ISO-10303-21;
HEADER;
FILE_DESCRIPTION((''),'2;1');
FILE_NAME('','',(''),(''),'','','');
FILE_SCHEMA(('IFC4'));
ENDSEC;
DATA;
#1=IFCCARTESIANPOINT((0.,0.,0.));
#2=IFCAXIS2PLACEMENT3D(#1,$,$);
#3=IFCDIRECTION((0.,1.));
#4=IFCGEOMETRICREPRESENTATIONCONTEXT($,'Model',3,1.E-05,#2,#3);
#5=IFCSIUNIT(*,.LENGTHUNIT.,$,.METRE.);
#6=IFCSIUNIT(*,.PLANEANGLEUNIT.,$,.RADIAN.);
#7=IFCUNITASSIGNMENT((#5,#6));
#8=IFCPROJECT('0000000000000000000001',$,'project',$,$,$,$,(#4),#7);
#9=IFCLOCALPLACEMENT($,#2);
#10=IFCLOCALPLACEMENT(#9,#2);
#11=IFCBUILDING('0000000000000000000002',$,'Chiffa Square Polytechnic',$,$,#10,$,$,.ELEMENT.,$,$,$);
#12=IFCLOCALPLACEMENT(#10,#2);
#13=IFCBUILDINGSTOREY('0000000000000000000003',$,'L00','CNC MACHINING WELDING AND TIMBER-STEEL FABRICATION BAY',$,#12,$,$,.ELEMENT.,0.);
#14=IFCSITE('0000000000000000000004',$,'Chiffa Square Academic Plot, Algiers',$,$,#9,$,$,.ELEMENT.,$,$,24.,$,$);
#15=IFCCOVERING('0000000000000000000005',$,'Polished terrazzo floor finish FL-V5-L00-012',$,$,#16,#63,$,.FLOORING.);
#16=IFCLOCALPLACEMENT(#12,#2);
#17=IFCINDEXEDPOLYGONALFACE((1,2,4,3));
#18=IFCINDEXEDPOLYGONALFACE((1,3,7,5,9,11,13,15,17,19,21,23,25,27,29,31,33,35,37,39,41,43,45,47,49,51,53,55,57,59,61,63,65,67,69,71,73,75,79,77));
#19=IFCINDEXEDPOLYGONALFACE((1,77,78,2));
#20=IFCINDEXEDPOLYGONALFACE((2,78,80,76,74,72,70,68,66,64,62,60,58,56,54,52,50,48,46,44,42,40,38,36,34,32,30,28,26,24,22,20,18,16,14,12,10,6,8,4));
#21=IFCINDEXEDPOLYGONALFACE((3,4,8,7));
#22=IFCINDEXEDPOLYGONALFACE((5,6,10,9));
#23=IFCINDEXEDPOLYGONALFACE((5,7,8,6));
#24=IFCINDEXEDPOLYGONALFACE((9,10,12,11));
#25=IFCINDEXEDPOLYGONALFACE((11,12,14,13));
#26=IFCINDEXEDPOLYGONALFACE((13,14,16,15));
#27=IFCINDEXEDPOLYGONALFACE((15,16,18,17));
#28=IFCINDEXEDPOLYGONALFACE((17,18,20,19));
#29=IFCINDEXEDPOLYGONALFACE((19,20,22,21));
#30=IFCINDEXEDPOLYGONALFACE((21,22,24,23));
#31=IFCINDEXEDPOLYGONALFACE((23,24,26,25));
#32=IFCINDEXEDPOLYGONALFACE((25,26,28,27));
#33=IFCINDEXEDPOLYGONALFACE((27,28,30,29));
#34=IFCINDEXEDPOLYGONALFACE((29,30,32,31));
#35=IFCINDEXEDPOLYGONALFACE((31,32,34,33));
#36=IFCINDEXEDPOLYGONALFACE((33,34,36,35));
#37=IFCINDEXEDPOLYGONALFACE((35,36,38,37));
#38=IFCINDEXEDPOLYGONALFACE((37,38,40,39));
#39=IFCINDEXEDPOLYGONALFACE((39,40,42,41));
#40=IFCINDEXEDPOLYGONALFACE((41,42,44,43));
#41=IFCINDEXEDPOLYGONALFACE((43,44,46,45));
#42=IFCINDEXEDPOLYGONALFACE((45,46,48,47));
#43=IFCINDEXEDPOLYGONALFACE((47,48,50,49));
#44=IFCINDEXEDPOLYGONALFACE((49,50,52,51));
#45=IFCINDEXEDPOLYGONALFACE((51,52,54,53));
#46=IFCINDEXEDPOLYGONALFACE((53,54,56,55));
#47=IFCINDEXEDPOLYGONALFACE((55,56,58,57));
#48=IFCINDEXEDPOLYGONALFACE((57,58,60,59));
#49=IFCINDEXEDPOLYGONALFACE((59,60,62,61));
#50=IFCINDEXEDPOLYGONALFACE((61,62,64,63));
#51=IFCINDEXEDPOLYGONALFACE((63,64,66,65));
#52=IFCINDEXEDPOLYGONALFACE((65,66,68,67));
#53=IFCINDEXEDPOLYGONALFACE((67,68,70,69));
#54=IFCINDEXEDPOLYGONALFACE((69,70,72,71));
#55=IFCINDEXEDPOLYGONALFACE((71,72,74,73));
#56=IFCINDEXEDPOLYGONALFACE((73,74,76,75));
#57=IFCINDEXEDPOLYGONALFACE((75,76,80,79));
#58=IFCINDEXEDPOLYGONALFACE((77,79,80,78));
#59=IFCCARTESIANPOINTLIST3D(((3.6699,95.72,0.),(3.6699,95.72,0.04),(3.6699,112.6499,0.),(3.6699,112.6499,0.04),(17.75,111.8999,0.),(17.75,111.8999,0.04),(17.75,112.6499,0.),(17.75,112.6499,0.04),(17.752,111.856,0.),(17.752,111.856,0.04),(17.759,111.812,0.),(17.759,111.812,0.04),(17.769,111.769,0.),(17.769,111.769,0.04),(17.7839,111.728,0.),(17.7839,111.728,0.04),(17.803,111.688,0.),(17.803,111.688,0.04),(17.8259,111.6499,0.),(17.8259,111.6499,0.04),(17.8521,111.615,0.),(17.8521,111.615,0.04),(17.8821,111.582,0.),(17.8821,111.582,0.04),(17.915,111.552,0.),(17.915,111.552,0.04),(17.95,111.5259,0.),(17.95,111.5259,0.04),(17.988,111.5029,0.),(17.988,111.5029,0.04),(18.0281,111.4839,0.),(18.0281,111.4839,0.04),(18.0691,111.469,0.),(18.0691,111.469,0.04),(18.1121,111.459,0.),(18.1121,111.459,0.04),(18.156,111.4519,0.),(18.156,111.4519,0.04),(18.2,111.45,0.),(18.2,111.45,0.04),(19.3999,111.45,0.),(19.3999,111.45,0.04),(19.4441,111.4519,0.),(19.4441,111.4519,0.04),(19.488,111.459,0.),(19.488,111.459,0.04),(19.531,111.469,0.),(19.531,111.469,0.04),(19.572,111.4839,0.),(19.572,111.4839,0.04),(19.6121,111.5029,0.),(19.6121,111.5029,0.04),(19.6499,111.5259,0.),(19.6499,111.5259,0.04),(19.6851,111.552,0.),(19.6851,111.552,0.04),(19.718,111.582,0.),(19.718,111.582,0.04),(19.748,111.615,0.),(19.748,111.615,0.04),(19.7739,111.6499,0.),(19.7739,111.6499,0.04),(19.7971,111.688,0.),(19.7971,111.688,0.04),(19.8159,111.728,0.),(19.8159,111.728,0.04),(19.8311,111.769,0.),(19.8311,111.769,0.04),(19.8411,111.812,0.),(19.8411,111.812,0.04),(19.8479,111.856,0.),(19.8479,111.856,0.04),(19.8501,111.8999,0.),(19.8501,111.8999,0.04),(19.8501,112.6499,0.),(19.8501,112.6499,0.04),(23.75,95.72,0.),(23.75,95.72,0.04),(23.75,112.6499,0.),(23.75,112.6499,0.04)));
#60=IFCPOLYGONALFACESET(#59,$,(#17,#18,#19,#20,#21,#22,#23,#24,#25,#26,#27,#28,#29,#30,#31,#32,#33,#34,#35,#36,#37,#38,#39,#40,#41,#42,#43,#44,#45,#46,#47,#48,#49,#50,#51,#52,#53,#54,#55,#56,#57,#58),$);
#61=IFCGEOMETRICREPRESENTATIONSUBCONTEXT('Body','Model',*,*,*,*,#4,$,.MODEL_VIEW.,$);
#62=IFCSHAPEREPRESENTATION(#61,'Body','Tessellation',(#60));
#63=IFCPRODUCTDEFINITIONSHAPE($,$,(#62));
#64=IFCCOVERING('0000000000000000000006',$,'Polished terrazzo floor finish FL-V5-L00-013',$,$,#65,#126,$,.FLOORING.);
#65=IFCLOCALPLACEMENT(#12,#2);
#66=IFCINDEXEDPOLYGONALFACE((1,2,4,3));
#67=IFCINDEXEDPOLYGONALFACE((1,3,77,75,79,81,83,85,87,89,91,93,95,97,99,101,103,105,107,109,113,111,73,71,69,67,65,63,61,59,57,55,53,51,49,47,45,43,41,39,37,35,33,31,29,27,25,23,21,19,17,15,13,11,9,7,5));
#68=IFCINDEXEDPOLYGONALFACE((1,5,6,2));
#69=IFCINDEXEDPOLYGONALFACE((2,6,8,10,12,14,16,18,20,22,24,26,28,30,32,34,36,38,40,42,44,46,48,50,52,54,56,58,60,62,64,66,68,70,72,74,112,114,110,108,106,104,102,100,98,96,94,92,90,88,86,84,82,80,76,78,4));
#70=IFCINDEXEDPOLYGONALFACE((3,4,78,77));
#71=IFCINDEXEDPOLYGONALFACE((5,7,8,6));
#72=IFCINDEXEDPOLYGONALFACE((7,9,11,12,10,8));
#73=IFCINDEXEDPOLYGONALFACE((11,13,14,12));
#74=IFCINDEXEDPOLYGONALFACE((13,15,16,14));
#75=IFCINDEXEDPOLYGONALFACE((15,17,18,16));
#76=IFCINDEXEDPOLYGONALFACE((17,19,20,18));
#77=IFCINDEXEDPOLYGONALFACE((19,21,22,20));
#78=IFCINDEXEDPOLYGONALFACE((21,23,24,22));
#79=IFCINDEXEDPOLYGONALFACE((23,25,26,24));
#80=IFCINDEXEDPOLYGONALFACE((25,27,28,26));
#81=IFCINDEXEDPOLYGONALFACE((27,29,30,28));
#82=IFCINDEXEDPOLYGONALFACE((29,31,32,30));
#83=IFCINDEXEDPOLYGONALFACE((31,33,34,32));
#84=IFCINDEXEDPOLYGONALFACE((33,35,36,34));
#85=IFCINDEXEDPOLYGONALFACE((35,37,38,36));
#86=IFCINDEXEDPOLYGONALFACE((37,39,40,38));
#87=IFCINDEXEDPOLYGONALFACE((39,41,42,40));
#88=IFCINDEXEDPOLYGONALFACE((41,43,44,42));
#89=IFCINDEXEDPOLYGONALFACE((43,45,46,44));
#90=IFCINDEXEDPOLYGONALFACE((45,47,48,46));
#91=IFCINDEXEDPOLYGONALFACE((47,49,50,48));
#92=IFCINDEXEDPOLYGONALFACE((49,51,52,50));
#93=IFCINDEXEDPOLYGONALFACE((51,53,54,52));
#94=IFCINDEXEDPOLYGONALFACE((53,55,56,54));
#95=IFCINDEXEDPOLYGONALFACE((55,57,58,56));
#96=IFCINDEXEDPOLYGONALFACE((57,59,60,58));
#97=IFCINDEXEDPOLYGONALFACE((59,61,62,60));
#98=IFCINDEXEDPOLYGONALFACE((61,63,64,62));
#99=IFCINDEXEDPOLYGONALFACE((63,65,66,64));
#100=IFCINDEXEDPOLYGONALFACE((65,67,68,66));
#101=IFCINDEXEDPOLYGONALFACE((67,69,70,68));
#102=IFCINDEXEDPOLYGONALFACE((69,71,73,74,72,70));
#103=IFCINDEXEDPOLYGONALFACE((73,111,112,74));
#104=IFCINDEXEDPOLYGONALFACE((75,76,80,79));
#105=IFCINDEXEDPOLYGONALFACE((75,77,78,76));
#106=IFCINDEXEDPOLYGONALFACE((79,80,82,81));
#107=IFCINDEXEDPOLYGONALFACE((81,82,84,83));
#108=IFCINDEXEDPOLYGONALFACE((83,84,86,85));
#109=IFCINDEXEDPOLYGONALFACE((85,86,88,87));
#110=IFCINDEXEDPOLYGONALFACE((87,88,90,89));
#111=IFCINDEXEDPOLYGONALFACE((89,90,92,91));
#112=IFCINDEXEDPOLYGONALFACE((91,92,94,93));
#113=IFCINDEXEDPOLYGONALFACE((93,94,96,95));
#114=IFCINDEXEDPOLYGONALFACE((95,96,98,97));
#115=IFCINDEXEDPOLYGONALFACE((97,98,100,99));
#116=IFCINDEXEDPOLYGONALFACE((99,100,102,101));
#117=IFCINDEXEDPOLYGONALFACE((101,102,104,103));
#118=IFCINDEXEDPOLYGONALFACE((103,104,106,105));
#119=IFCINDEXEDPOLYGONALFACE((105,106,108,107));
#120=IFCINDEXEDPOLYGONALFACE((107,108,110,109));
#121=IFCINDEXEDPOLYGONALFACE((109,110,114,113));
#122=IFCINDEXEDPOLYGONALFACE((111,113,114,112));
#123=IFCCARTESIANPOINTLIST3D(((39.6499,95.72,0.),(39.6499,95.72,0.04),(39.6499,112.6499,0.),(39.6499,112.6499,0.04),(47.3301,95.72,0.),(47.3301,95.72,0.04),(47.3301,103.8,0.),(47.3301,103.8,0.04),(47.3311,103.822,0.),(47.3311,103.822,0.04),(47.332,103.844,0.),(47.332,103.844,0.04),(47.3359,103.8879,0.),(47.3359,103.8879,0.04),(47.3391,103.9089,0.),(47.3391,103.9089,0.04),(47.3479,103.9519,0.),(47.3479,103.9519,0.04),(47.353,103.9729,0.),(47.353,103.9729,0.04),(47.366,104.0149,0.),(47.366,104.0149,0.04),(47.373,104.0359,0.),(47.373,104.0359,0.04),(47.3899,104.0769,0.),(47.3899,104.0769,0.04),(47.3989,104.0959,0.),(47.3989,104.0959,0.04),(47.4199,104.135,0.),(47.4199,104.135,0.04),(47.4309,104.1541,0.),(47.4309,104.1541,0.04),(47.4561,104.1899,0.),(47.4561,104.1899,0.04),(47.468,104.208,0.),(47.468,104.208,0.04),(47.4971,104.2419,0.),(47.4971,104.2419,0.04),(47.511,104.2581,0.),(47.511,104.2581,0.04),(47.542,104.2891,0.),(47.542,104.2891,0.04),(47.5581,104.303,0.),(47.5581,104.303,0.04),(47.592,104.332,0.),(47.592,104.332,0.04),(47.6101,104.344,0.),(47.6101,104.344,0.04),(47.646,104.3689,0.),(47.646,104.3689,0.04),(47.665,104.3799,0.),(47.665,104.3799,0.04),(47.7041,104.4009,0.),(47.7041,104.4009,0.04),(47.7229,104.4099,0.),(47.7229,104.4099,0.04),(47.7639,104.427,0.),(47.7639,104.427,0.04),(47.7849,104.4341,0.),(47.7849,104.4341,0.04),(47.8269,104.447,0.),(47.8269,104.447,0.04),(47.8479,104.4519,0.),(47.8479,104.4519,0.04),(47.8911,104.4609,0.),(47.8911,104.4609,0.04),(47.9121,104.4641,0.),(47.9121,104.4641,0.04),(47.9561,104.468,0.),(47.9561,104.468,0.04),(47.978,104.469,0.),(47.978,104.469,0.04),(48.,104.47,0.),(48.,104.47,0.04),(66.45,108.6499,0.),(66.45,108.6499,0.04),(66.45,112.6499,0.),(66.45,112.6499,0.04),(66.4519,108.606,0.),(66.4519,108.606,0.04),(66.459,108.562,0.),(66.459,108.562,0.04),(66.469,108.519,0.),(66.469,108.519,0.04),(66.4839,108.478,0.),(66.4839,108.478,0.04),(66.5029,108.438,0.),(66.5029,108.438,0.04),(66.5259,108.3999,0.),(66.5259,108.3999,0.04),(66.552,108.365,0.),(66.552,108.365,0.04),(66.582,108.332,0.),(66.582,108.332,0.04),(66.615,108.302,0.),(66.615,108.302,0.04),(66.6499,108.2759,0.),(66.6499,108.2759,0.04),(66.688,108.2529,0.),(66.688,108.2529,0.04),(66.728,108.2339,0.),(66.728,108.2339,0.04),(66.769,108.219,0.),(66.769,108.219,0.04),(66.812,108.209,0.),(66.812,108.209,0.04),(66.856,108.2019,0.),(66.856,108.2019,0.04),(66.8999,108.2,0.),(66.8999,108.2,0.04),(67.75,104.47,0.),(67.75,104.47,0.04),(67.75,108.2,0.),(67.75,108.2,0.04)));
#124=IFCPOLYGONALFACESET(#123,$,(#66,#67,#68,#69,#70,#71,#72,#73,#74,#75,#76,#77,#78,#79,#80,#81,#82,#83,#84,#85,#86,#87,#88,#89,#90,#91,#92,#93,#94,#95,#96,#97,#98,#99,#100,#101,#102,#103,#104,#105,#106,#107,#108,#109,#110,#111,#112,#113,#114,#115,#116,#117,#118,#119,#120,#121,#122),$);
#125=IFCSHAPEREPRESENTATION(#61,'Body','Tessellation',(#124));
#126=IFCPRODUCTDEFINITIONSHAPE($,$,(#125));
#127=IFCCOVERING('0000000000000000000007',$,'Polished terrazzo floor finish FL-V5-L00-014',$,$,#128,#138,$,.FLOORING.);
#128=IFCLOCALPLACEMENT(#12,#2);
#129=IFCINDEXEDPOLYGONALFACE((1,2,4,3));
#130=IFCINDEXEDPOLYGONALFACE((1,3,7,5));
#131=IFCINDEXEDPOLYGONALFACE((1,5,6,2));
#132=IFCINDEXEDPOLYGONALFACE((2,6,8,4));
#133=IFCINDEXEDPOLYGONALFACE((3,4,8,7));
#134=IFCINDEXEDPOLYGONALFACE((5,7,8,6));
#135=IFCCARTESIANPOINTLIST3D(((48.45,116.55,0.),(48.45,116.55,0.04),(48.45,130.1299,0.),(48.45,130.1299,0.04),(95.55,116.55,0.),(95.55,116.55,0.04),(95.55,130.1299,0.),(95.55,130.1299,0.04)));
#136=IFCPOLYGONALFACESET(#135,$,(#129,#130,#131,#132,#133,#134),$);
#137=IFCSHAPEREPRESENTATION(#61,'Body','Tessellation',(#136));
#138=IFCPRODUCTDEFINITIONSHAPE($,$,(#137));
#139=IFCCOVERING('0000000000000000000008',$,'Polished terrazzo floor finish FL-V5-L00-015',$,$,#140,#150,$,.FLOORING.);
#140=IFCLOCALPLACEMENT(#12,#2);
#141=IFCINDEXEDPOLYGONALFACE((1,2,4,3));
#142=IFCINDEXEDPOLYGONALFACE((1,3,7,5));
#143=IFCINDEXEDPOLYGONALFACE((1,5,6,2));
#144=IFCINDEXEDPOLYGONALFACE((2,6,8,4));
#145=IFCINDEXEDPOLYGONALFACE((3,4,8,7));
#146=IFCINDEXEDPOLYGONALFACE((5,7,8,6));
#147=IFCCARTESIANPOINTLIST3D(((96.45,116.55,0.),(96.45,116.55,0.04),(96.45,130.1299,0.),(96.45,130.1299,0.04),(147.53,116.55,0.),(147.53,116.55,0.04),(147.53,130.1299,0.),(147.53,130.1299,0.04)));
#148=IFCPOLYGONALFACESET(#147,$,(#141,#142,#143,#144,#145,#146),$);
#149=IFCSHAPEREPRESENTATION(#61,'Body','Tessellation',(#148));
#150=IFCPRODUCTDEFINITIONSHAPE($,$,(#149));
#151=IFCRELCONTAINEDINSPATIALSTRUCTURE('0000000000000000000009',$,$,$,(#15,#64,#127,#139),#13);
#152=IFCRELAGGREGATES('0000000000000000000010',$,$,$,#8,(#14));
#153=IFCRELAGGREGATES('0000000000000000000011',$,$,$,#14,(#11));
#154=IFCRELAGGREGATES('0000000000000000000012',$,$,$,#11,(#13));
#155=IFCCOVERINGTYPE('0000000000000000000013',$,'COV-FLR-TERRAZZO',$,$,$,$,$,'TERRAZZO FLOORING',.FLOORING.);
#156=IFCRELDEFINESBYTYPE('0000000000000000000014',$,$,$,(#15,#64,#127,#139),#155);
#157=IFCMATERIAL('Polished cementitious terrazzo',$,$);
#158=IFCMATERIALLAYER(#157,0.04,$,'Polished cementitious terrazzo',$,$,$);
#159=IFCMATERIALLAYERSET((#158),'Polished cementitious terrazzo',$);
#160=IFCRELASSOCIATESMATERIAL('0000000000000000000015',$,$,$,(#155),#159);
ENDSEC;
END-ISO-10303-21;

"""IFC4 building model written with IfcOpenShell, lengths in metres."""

from ifc_helpers import new_model, si_unit, direction, origin, place, context, subcontext, project, spatial, polyline, outline, extrude, material, layer, layer_set, type_object, element, save


model = new_model("IFC4")

# Units and contexts
model_context = context("Model", 3, precision=1e-05, world=origin(), true_north=direction((0.0, 1.0)))
body_context = subcontext(model_context, "Body", "Model", "MODEL_VIEW")
ifc_project = project(units=[si_unit("LENGTHUNIT", "METRE"), si_unit("PLANEANGLEUNIT", "RADIAN")], contexts=[model_context])

# Site, building, storey
site_placement = place(None, origin())
site = spatial("IfcSite", under=ifc_project, at=site_placement, Name="Chiffa Square Academic Plot, Algiers", CompositionType="ELEMENT", RefElevation=24.0)
building_placement = place(site_placement, origin())
building = spatial("IfcBuilding", under=site, at=building_placement, Name="Chiffa Square Polytechnic", CompositionType="ELEMENT")
storey_placement = place(building_placement, origin())
storey = spatial("IfcBuildingStorey", under=building, at=storey_placement, Name="L00", Description="CNC MACHINING WELDING AND TIMBER-STEEL FABRICATION BAY", CompositionType="ELEMENT", Elevation=0.0)

# Coverings
ifc_material_1 = material(Name="Polished cementitious terrazzo")
ifc_layer_1 = layer(ifc_material_1, 0.04, Name="Polished cementitious terrazzo")
ifc_layer_set_1 = layer_set([ifc_layer_1], Name="Polished cementitious terrazzo")
covering_type_1 = type_object("IfcCoveringType", Name="COV-FLR-TERRAZZO", ElementType="TERRAZZO FLOORING", PredefinedType="FLOORING", material=ifc_layer_set_1)
covering_1_placement = place(storey_placement, origin())
element("IfcCovering", 1, at=covering_1_placement, inside=storey, type_object=covering_type_1, Name="Polished terrazzo floor finish FL-V5-L00-012", PredefinedType="FLOORING", context=body_context, shape_type="SweptSolid", body=[
    extrude(outline(polyline([(17.75, 112.6499), (17.75, 111.8999), (17.752, 111.856), (17.759, 111.812), (17.769, 111.769), (17.7839, 111.728), (17.803, 111.688), (17.8259, 111.6499), (17.8521, 111.615), (17.8821, 111.582), (17.915, 111.552), (17.95, 111.5259), (17.988, 111.5029), (18.0281, 111.4839), (18.0691, 111.469), (18.1121, 111.459), (18.156, 111.4519), (18.2, 111.45), (19.3999, 111.45), (19.4441, 111.4519), (19.488, 111.459), (19.531, 111.469), (19.572, 111.4839), (19.6121, 111.5029), (19.6499, 111.5259), (19.6851, 111.552), (19.718, 111.582), (19.748, 111.615), (19.7739, 111.6499), (19.7971, 111.688), (19.8159, 111.728), (19.8311, 111.769), (19.8411, 111.812), (19.8479, 111.856), (19.8501, 111.8999), (19.8501, 112.6499), (23.75, 112.6499), (23.75, 95.72), (3.6699, 95.72), (3.6699, 112.6499), (17.75, 112.6499)])), origin(), (0.0, 0.0, 1.0), 0.04),
])
covering_2_placement = place(storey_placement, origin())
element("IfcCovering", 2, at=covering_2_placement, inside=storey, type_object=covering_type_1, Name="Polished terrazzo floor finish FL-V5-L00-013", PredefinedType="FLOORING", context=body_context, shape_type="SweptSolid", body=[
    extrude(outline(polyline([(39.6499, 112.6499), (66.45, 112.6499), (66.45, 108.6499), (66.4519, 108.606), (66.459, 108.562), (66.469, 108.519), (66.4839, 108.478), (66.5029, 108.438), (66.5259, 108.3999), (66.552, 108.365), (66.582, 108.332), (66.615, 108.302), (66.6499, 108.2759), (66.688, 108.2529), (66.728, 108.2339), (66.769, 108.219), (66.812, 108.209), (66.856, 108.2019), (66.8999, 108.2), (67.75, 108.2), (67.75, 104.47), (48.0, 104.47), (47.978, 104.469), (47.9561, 104.468), (47.9121, 104.4641), (47.8911, 104.4609), (47.8479, 104.4519), (47.8269, 104.447), (47.7849, 104.4341), (47.7639, 104.427), (47.7229, 104.4099), (47.7041, 104.4009), (47.665, 104.3799), (47.646, 104.3689), (47.6101, 104.344), (47.592, 104.332), (47.5581, 104.303), (47.542, 104.2891), (47.511, 104.2581), (47.4971, 104.2419), (47.468, 104.208), (47.4561, 104.1899), (47.4309, 104.1541), (47.4199, 104.135), (47.3989, 104.0959), (47.3899, 104.0769), (47.373, 104.0359), (47.366, 104.0149), (47.353, 103.9729), (47.3479, 103.9519), (47.3391, 103.9089), (47.3359, 103.8879), (47.332, 103.844), (47.3311, 103.822), (47.3301, 103.8), (47.3301, 95.72), (39.6499, 95.72), (39.6499, 112.6499)])), origin(), (0.0, 0.0, 1.0), 0.04),
])
covering_3_placement = place(storey_placement, origin())
element("IfcCovering", 3, at=covering_3_placement, inside=storey, type_object=covering_type_1, Name="Polished terrazzo floor finish FL-V5-L00-014", PredefinedType="FLOORING", context=body_context, shape_type="SweptSolid", body=[
    extrude(outline(polyline([(95.55, 116.55), (48.45, 116.55), (48.45, 130.1299), (95.55, 130.1299), (95.55, 116.55)])), origin(), (0.0, 0.0, 1.0), 0.04),
])
covering_4_placement = place(storey_placement, origin())
element("IfcCovering", 4, at=covering_4_placement, inside=storey, type_object=covering_type_1, Name="Polished terrazzo floor finish FL-V5-L00-015", PredefinedType="FLOORING", context=body_context, shape_type="SweptSolid", body=[
    extrude(outline(polyline([(96.45, 116.55), (96.45, 130.1299), (147.53, 130.1299), (147.53, 116.55), (96.45, 116.55)])), origin(), (0.0, 0.0, 1.0), 0.04),
])

save(model, "model.ifc")
